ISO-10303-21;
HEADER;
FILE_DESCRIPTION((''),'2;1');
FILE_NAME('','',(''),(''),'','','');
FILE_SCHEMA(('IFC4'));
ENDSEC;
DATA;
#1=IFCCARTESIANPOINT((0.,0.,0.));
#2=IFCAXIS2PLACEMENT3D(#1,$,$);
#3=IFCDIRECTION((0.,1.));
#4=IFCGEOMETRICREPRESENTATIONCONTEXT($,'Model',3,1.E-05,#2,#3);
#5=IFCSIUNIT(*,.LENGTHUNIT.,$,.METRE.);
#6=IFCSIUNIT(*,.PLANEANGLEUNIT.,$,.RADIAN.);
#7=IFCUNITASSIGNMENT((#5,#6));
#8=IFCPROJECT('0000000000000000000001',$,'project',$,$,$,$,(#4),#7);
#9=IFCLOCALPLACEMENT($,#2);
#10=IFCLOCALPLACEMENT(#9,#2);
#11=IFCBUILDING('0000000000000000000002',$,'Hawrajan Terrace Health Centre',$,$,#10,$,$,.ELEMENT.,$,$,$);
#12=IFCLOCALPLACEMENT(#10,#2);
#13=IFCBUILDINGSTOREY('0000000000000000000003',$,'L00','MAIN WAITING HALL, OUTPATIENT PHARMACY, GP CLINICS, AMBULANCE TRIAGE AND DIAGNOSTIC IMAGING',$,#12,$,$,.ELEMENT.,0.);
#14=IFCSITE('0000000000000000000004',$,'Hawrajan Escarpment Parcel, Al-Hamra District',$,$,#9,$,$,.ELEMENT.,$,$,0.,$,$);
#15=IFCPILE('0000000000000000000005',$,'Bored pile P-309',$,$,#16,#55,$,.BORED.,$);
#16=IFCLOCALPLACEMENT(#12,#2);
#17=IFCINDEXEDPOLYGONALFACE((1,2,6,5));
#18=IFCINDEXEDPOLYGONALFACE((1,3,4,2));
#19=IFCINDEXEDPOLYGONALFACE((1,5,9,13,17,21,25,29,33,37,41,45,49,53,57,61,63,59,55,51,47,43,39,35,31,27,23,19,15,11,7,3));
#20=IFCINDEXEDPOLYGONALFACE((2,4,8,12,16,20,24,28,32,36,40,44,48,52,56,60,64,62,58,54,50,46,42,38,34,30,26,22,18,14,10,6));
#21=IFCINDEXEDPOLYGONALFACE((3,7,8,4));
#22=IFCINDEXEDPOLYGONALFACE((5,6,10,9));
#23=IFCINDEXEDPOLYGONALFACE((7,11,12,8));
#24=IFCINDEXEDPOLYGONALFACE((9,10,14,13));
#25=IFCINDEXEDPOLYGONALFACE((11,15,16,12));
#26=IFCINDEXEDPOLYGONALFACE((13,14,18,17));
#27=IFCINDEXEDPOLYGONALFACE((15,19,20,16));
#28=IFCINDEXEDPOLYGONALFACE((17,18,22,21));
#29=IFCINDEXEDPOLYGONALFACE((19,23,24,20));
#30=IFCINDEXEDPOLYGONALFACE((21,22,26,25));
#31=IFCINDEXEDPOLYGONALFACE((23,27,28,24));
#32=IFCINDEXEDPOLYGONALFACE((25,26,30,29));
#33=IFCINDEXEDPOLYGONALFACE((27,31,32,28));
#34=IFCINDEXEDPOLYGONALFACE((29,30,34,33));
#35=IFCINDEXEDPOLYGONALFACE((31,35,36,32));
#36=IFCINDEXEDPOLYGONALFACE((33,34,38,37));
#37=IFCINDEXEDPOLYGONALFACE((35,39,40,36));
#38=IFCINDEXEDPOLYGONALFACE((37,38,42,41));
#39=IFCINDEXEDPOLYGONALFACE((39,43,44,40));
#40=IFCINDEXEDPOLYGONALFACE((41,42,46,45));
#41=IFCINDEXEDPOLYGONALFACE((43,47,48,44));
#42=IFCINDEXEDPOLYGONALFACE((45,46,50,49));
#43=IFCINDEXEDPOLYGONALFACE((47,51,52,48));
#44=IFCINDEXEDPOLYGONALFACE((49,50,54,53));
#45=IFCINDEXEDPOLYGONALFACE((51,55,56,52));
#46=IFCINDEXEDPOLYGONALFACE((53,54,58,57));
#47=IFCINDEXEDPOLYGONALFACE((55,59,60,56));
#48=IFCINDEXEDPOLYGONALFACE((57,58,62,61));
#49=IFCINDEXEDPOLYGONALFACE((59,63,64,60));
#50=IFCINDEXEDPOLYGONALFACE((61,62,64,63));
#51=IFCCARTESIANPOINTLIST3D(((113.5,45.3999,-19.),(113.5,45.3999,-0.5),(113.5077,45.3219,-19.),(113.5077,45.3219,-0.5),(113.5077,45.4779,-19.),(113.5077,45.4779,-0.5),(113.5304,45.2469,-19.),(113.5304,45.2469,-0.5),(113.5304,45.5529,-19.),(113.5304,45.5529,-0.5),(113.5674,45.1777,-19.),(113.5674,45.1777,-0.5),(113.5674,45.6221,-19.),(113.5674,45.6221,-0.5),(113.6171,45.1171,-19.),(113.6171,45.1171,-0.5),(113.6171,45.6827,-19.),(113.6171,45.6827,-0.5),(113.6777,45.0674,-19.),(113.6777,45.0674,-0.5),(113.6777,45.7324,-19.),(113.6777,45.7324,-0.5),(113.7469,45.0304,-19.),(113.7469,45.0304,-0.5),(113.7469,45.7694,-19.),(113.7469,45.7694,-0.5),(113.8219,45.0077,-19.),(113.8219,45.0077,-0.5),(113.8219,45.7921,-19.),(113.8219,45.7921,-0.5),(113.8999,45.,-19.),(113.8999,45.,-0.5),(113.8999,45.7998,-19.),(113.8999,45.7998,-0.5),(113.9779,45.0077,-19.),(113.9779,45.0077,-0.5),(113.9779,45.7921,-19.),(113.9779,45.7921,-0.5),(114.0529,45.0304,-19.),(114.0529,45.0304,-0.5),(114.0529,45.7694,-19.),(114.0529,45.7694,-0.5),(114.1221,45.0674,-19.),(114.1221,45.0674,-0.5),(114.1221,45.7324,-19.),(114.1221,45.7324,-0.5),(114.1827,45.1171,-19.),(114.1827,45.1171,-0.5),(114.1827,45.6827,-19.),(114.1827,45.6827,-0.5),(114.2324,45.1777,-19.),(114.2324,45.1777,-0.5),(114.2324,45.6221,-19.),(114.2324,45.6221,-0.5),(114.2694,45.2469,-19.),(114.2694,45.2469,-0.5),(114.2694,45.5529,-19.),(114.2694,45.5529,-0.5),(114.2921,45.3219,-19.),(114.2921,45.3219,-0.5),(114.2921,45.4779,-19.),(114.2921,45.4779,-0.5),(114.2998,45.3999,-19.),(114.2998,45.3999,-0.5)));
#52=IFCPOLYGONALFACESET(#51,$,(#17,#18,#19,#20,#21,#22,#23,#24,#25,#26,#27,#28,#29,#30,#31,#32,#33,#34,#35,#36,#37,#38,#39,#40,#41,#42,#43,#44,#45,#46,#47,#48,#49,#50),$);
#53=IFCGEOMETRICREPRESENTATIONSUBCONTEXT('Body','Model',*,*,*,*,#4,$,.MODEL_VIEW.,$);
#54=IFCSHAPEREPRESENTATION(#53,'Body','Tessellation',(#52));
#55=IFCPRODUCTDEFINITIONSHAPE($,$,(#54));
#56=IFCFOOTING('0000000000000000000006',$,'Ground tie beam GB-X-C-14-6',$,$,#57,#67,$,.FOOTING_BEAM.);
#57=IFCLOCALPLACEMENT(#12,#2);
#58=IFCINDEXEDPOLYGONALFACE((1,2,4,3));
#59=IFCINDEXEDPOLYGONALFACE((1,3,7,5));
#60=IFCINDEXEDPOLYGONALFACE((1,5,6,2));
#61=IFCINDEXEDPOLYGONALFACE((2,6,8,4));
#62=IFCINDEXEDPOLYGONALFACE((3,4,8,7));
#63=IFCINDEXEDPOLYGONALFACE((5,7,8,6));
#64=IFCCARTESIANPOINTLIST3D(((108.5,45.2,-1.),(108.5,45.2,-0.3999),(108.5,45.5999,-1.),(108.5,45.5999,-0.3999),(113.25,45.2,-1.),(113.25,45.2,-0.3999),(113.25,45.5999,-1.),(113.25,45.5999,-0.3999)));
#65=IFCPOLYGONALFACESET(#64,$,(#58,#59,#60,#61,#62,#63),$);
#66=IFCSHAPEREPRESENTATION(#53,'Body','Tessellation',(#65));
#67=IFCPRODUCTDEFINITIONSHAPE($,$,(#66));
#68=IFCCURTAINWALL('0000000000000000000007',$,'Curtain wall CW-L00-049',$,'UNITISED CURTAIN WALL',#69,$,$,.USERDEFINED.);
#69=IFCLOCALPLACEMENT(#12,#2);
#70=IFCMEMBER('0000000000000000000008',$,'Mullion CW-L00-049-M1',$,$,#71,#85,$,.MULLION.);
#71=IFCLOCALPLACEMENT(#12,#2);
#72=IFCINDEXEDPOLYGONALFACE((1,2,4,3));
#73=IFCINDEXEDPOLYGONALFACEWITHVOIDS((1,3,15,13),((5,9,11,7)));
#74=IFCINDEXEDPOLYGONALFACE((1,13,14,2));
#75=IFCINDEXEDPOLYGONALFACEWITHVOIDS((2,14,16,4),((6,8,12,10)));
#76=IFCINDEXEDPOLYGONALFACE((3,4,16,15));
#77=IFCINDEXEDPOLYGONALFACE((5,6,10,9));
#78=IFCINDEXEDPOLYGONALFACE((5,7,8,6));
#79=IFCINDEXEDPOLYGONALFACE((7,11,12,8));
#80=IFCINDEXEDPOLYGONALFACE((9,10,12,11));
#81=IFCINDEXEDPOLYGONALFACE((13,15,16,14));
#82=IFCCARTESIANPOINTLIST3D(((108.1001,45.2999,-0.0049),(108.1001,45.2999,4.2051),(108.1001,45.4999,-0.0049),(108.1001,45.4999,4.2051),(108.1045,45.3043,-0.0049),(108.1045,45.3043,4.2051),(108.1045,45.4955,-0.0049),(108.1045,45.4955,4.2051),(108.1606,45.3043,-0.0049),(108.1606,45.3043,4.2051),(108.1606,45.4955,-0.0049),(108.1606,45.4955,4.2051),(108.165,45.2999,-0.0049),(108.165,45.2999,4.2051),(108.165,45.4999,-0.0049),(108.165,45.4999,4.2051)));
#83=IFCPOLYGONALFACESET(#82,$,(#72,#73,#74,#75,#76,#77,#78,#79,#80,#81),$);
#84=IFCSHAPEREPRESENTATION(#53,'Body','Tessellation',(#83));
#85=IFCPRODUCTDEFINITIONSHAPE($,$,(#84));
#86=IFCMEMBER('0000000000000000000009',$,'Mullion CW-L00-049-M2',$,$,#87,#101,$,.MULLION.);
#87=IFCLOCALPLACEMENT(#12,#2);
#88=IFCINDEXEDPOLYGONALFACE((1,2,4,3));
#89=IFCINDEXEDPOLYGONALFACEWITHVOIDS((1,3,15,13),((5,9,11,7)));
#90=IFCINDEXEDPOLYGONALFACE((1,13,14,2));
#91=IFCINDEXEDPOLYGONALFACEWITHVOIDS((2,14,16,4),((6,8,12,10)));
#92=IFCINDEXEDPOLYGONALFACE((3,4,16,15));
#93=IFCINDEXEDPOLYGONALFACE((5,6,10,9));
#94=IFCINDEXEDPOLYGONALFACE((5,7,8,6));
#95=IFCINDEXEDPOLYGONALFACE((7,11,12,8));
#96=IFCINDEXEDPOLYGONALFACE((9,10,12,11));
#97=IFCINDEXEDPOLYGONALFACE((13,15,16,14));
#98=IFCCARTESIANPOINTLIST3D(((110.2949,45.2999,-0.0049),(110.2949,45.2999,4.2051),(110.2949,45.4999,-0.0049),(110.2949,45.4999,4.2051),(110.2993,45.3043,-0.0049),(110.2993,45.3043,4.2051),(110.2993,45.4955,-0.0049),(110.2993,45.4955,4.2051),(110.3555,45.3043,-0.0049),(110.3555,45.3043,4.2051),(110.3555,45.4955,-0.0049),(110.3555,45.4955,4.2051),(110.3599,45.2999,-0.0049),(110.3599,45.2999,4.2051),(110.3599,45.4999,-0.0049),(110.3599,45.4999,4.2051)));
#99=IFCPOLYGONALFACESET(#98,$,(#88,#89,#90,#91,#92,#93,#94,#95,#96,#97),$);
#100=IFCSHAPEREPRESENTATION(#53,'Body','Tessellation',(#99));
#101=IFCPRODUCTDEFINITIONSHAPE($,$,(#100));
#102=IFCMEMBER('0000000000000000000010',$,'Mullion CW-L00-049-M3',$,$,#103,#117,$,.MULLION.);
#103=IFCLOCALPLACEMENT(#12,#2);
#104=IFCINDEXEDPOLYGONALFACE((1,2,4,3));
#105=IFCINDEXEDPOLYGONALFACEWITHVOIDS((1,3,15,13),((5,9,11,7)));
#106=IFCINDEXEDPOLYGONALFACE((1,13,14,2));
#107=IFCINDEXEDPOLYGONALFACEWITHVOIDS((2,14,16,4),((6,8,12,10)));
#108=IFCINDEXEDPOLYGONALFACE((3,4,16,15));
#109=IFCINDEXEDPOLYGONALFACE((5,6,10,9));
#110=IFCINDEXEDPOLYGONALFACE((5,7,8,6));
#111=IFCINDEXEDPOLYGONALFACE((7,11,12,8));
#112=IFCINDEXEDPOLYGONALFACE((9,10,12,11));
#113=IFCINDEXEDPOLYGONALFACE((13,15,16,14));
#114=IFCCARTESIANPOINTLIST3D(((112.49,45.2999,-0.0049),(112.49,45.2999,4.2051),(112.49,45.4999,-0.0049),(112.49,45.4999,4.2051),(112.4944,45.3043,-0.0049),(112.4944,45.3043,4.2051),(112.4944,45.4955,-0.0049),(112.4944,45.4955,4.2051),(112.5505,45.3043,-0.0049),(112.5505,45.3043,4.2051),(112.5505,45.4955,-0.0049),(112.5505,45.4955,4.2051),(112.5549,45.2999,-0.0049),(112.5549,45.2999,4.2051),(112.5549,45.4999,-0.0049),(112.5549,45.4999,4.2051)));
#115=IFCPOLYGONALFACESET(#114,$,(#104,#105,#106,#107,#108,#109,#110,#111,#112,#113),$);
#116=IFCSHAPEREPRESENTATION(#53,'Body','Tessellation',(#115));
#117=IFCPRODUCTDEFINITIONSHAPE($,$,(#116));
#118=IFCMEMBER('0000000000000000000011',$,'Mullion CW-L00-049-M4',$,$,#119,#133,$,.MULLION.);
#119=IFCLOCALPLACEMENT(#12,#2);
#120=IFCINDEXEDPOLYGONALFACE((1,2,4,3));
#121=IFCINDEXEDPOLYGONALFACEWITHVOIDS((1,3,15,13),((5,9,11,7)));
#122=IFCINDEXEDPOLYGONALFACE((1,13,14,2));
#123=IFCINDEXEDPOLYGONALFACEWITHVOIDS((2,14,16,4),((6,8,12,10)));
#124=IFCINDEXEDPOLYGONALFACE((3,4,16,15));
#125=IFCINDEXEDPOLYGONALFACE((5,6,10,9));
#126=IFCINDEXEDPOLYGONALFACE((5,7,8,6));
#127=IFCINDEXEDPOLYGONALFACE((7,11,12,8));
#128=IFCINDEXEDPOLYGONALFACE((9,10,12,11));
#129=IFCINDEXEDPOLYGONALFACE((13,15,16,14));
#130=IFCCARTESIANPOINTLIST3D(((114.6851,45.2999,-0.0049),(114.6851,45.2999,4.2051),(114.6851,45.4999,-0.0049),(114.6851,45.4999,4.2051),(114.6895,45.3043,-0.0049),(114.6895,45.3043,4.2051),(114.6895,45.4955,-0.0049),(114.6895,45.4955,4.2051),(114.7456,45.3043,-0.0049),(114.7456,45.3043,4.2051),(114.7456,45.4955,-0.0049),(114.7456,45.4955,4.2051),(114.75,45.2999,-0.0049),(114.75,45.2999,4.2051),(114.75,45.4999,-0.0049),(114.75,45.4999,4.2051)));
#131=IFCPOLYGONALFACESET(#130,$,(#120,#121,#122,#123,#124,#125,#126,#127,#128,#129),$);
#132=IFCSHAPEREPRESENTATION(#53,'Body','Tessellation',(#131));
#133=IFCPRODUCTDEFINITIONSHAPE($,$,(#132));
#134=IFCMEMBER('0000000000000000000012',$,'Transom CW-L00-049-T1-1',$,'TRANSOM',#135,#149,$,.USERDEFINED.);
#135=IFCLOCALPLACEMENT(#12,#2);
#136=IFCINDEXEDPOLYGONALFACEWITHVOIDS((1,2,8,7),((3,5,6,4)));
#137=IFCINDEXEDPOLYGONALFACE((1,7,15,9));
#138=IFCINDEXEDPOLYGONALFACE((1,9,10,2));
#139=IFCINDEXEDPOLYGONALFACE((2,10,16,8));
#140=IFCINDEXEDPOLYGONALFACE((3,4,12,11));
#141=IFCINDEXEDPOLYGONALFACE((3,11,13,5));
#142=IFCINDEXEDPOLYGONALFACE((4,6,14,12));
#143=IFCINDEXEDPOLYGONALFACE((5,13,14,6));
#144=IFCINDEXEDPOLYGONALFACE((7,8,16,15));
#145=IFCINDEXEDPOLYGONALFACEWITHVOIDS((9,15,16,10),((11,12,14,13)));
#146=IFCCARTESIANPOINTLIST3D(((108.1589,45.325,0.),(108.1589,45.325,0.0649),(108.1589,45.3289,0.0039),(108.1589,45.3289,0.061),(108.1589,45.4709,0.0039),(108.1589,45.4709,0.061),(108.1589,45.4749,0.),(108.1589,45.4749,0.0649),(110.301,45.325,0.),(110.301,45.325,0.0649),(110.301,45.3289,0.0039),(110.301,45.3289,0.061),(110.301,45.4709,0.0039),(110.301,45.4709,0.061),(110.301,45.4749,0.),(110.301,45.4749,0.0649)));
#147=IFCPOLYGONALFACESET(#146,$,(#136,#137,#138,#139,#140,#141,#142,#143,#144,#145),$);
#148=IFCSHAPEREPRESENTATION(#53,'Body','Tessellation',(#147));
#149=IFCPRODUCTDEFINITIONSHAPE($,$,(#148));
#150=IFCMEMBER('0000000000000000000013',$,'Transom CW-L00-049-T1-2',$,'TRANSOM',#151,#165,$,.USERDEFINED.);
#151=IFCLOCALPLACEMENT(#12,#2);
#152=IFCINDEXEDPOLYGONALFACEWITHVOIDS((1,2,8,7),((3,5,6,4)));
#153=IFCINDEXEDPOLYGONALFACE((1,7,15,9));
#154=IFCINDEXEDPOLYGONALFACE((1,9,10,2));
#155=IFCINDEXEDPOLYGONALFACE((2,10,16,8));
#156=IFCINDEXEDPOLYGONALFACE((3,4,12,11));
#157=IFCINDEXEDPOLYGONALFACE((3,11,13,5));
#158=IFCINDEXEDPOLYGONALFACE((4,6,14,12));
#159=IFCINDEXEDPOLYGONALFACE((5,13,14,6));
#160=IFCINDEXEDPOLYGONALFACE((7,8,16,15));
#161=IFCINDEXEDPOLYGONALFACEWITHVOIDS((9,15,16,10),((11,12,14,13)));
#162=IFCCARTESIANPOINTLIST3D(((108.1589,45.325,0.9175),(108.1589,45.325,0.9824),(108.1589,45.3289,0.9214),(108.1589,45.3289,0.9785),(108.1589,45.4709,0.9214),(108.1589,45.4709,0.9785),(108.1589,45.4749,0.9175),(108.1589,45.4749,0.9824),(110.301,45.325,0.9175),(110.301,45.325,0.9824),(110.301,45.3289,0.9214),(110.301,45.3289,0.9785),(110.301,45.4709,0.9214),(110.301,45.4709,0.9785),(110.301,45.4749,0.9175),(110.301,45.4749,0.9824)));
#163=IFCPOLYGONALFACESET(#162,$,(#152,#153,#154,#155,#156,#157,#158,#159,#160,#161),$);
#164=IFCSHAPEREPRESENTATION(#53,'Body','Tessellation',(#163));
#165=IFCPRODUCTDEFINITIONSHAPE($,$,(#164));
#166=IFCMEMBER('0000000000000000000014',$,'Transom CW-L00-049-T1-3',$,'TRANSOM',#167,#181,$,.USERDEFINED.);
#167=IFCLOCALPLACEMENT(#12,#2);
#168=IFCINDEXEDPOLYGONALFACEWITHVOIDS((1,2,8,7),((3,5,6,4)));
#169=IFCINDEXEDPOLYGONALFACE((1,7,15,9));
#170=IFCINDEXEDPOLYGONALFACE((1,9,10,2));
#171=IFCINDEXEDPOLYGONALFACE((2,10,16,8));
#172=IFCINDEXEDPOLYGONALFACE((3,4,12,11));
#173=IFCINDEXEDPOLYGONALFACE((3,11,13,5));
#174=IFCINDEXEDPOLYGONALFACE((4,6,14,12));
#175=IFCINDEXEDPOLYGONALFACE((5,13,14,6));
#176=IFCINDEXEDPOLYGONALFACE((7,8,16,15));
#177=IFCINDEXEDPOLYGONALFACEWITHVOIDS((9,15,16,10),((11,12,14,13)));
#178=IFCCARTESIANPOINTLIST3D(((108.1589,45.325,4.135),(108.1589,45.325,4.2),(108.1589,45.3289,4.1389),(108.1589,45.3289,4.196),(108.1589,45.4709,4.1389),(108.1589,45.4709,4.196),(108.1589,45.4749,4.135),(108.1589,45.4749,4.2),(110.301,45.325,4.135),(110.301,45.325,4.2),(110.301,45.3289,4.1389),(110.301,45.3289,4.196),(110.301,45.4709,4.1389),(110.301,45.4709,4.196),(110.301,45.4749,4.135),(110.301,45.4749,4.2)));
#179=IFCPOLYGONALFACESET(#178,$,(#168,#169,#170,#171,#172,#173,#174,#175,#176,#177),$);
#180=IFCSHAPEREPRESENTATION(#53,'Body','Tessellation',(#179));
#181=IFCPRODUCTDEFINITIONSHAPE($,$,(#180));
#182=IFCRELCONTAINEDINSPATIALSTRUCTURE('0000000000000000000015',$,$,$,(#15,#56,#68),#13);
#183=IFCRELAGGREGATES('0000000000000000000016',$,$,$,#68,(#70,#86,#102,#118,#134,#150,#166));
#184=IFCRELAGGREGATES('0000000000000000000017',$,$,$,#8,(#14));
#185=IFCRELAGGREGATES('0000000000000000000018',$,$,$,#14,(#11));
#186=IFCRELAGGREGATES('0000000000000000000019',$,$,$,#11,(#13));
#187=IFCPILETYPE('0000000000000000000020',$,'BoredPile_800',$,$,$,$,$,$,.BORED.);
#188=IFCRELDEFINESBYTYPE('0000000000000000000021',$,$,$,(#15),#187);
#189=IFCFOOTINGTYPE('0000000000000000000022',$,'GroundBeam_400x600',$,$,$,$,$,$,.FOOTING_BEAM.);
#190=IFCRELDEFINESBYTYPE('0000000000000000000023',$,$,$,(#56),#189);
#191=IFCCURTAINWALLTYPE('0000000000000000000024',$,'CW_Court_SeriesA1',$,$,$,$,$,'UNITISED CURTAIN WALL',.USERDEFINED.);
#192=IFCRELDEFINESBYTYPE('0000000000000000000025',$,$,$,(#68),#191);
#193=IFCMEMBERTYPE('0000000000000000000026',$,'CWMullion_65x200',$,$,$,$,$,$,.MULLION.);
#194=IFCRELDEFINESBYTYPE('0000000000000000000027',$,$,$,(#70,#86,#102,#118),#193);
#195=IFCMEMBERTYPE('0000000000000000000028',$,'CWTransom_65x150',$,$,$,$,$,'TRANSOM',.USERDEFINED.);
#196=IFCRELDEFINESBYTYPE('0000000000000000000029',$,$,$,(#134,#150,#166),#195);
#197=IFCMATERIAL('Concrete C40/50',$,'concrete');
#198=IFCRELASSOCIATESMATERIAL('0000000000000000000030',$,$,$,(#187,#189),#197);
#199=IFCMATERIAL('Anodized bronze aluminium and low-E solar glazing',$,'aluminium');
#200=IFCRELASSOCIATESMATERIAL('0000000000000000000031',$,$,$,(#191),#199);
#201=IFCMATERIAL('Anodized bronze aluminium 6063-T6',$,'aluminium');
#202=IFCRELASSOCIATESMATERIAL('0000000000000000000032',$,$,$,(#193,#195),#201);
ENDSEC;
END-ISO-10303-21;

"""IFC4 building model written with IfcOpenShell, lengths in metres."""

from ifc_helpers import new_model, si_unit, direction, frame, origin, origin_2d, place, context, subcontext, project, spatial, rectangle, hollow_rectangle, circle, extrude, material, material_profile, profile_set, type_object, element, aggregate, save


model = new_model("IFC4")

# Units and contexts
model_context = context("Model", 3, precision=1e-05, world=origin(), true_north=direction((0.0, 1.0)))
body_context = subcontext(model_context, "Body", "Model", "MODEL_VIEW")
ifc_project = project(units=[si_unit("LENGTHUNIT", "METRE"), si_unit("PLANEANGLEUNIT", "RADIAN")], contexts=[model_context])

# Site, building, storey
site_placement = place(None, origin())
site = spatial("IfcSite", under=ifc_project, at=site_placement, Name="Hawrajan Escarpment Parcel, Al-Hamra District", CompositionType="ELEMENT", RefElevation=0.0)
building_placement = place(site_placement, origin())
building = spatial("IfcBuilding", under=site, at=building_placement, Name="Hawrajan Terrace Health Centre", CompositionType="ELEMENT")
storey_placement = place(building_placement, origin())
storey = spatial("IfcBuildingStorey", under=building, at=storey_placement, Name="L00", Description="MAIN WAITING HALL, OUTPATIENT PHARMACY, GP CLINICS, AMBULANCE TRIAGE AND DIAGNOSTIC IMAGING", CompositionType="ELEMENT", Elevation=0.0)

# Pile
ifc_material_1 = material(Name="Concrete C40/50", Category="concrete")
ifc_material_profile_1 = material_profile(ifc_material_1, circle(Radius=0.3999, at=origin_2d()), Name="BP 800")
ifc_profile_set_1 = profile_set([ifc_material_profile_1], Name="Concrete C40/50")
pile_type = type_object("IfcPileType", Name="BoredPile_800", PredefinedType="BORED", material=ifc_profile_set_1)
pile_placement = place(storey_placement, frame((113.8999, 45.3999, -0.5), z_axis=(0.0, 0.0, -1.0), x_axis=(1.0, 0.0, 0.0)))
element("IfcPile", 1, at=pile_placement, inside=storey, type_object=pile_type, Name="Bored pile P-309", PredefinedType="BORED", context=body_context, shape_type="SweptSolid", body=[
    extrude(circle(Radius=0.3999, at=origin_2d()), origin(), (0.0, 0.0, 1.0), 18.5),
])

# Footing
ifc_material_profile_2 = material_profile(ifc_material_1, rectangle(XDim=0.3999, YDim=0.6001, at=origin_2d()), Name="RC BM 400x600")
ifc_profile_set_2 = profile_set([ifc_material_profile_2], Name="Concrete C40/50")
footing_type = type_object("IfcFootingType", Name="GroundBeam_400x600", PredefinedType="FOOTING_BEAM", material=ifc_profile_set_2)
footing_placement = place(storey_placement, frame((108.5, 45.3999, -0.7), z_axis=(1.0, 0.0, 0.0), x_axis=(0.0, 1.0, 0.0)))
element("IfcFooting", 2, at=footing_placement, inside=storey, type_object=footing_type, Name="Ground tie beam GB-X-C-14-6", PredefinedType="FOOTING_BEAM", context=body_context, shape_type="SweptSolid", body=[
    extrude(rectangle(XDim=0.3999, YDim=0.6001, at=origin_2d()), origin(), (0.0, 0.0, 1.0), 4.75),
])

# Curtain wall, members
ifc_material_2 = material(Name="Anodized bronze aluminium and low-E solar glazing", Category="aluminium")
curtain_wall_type_1 = type_object("IfcCurtainWallType", Name="CW_Court_SeriesA1", ElementType="UNITISED CURTAIN WALL", PredefinedType="USERDEFINED", material=ifc_material_2)
curtain_wall_1_placement = place(storey_placement, origin())
curtain_wall_1 = element("IfcCurtainWall", 3, at=curtain_wall_1_placement, inside=storey, type_object=curtain_wall_type_1, Name="Curtain wall CW-L00-049", ObjectType="UNITISED CURTAIN WALL", PredefinedType="USERDEFINED")
ifc_material_3 = material(Name="Anodized bronze aluminium 6063-T6", Category="aluminium")
ifc_material_profile_3 = material_profile(ifc_material_3, hollow_rectangle(XDim=0.0649, YDim=0.2, WallThickness=0.0044, at=origin_2d()), Name="CW MUL 65x200")
ifc_profile_set_3 = profile_set([ifc_material_profile_3], Name="Anodized bronze aluminium 6063-T6")
member_type_1 = type_object("IfcMemberType", Name="CWMullion_65x200", PredefinedType="MULLION", material=ifc_profile_set_3)
member_1_placement = place(storey_placement, frame((108.1326, 45.3999, -0.0049), z_axis=(0.0, 0.0, 1.0), x_axis=(1.0, 0.0, 0.0)))
member_1 = element("IfcMember", 4, at=member_1_placement, type_object=member_type_1, Name="Mullion CW-L00-049-M1", PredefinedType="MULLION", context=body_context, shape_type="SweptSolid", body=[
    extrude(hollow_rectangle(XDim=0.0649, YDim=0.2, WallThickness=0.0044, at=origin_2d()), origin(), (0.0, 0.0, 1.0), 4.21),
])
member_2_placement = place(storey_placement, frame((110.3274, 45.3999, -0.0049), z_axis=(0.0, 0.0, 1.0), x_axis=(1.0, 0.0, 0.0)))
member_2 = element("IfcMember", 5, at=member_2_placement, type_object=member_type_1, Name="Mullion CW-L00-049-M2", PredefinedType="MULLION", context=body_context, shape_type="SweptSolid", body=[
    extrude(hollow_rectangle(XDim=0.0649, YDim=0.2, WallThickness=0.0044, at=origin_2d()), origin(), (0.0, 0.0, 1.0), 4.21),
])
member_3_placement = place(storey_placement, frame((112.5225, 45.3999, -0.0049), z_axis=(0.0, 0.0, 1.0), x_axis=(1.0, 0.0, 0.0)))
member_3 = element("IfcMember", 6, at=member_3_placement, type_object=member_type_1, Name="Mullion CW-L00-049-M3", PredefinedType="MULLION", context=body_context, shape_type="SweptSolid", body=[
    extrude(hollow_rectangle(XDim=0.0649, YDim=0.2, WallThickness=0.0044, at=origin_2d()), origin(), (0.0, 0.0, 1.0), 4.21),
])
member_4_placement = place(storey_placement, frame((114.7175, 45.3999, -0.0049), z_axis=(0.0, 0.0, 1.0), x_axis=(1.0, 0.0, 0.0)))
member_4 = element("IfcMember", 7, at=member_4_placement, type_object=member_type_1, Name="Mullion CW-L00-049-M4", PredefinedType="MULLION", context=body_context, shape_type="SweptSolid", body=[
    extrude(hollow_rectangle(XDim=0.0649, YDim=0.2, WallThickness=0.0044, at=origin_2d()), origin(), (0.0, 0.0, 1.0), 4.21),
])
ifc_material_profile_4 = material_profile(ifc_material_3, hollow_rectangle(XDim=0.0649, YDim=0.1499, WallThickness=0.0039, at=origin_2d()), Name="CW TRN 65x150")
ifc_profile_set_4 = profile_set([ifc_material_profile_4], Name="Anodized bronze aluminium 6063-T6")
member_type_2 = type_object("IfcMemberType", Name="CWTransom_65x150", ElementType="TRANSOM", PredefinedType="USERDEFINED", material=ifc_profile_set_4)
member_5_placement = place(storey_placement, frame((108.1589, 45.3999, 0.0325), z_axis=(1.0, 0.0, 0.0), x_axis=(0.0, 0.0, 1.0)))
member_5 = element("IfcMember", 8, at=member_5_placement, type_object=member_type_2, Name="Transom CW-L00-049-T1-1", ObjectType="TRANSOM", PredefinedType="USERDEFINED", context=body_context, shape_type="SweptSolid", body=[
    extrude(hollow_rectangle(XDim=0.0649, YDim=0.1499, WallThickness=0.0039, at=origin_2d()), origin(), (0.0, 0.0, 1.0), 2.1421),
])
member_6_placement = place(storey_placement, frame((108.1589, 45.3999, 0.95), z_axis=(1.0, 0.0, 0.0), x_axis=(0.0, 0.0, 1.0)))
member_6 = element("IfcMember", 9, at=member_6_placement, type_object=member_type_2, Name="Transom CW-L00-049-T1-2", ObjectType="TRANSOM", PredefinedType="USERDEFINED", context=body_context, shape_type="SweptSolid", body=[
    extrude(hollow_rectangle(XDim=0.0649, YDim=0.1499, WallThickness=0.0039, at=origin_2d()), origin(), (0.0, 0.0, 1.0), 2.1421),
])
member_7_placement = place(storey_placement, frame((108.1589, 45.3999, 4.1675), z_axis=(1.0, 0.0, 0.0), x_axis=(0.0, 0.0, 1.0)))
member_7 = element("IfcMember", 10, at=member_7_placement, type_object=member_type_2, Name="Transom CW-L00-049-T1-3", ObjectType="TRANSOM", PredefinedType="USERDEFINED", context=body_context, shape_type="SweptSolid", body=[
    extrude(hollow_rectangle(XDim=0.0649, YDim=0.1499, WallThickness=0.0039, at=origin_2d()), origin(), (0.0, 0.0, 1.0), 2.1421),
])

aggregate(curtain_wall_1, [member_1, member_2, member_3, member_4, member_5, member_6, member_7])

save(model, "model.ifc")
